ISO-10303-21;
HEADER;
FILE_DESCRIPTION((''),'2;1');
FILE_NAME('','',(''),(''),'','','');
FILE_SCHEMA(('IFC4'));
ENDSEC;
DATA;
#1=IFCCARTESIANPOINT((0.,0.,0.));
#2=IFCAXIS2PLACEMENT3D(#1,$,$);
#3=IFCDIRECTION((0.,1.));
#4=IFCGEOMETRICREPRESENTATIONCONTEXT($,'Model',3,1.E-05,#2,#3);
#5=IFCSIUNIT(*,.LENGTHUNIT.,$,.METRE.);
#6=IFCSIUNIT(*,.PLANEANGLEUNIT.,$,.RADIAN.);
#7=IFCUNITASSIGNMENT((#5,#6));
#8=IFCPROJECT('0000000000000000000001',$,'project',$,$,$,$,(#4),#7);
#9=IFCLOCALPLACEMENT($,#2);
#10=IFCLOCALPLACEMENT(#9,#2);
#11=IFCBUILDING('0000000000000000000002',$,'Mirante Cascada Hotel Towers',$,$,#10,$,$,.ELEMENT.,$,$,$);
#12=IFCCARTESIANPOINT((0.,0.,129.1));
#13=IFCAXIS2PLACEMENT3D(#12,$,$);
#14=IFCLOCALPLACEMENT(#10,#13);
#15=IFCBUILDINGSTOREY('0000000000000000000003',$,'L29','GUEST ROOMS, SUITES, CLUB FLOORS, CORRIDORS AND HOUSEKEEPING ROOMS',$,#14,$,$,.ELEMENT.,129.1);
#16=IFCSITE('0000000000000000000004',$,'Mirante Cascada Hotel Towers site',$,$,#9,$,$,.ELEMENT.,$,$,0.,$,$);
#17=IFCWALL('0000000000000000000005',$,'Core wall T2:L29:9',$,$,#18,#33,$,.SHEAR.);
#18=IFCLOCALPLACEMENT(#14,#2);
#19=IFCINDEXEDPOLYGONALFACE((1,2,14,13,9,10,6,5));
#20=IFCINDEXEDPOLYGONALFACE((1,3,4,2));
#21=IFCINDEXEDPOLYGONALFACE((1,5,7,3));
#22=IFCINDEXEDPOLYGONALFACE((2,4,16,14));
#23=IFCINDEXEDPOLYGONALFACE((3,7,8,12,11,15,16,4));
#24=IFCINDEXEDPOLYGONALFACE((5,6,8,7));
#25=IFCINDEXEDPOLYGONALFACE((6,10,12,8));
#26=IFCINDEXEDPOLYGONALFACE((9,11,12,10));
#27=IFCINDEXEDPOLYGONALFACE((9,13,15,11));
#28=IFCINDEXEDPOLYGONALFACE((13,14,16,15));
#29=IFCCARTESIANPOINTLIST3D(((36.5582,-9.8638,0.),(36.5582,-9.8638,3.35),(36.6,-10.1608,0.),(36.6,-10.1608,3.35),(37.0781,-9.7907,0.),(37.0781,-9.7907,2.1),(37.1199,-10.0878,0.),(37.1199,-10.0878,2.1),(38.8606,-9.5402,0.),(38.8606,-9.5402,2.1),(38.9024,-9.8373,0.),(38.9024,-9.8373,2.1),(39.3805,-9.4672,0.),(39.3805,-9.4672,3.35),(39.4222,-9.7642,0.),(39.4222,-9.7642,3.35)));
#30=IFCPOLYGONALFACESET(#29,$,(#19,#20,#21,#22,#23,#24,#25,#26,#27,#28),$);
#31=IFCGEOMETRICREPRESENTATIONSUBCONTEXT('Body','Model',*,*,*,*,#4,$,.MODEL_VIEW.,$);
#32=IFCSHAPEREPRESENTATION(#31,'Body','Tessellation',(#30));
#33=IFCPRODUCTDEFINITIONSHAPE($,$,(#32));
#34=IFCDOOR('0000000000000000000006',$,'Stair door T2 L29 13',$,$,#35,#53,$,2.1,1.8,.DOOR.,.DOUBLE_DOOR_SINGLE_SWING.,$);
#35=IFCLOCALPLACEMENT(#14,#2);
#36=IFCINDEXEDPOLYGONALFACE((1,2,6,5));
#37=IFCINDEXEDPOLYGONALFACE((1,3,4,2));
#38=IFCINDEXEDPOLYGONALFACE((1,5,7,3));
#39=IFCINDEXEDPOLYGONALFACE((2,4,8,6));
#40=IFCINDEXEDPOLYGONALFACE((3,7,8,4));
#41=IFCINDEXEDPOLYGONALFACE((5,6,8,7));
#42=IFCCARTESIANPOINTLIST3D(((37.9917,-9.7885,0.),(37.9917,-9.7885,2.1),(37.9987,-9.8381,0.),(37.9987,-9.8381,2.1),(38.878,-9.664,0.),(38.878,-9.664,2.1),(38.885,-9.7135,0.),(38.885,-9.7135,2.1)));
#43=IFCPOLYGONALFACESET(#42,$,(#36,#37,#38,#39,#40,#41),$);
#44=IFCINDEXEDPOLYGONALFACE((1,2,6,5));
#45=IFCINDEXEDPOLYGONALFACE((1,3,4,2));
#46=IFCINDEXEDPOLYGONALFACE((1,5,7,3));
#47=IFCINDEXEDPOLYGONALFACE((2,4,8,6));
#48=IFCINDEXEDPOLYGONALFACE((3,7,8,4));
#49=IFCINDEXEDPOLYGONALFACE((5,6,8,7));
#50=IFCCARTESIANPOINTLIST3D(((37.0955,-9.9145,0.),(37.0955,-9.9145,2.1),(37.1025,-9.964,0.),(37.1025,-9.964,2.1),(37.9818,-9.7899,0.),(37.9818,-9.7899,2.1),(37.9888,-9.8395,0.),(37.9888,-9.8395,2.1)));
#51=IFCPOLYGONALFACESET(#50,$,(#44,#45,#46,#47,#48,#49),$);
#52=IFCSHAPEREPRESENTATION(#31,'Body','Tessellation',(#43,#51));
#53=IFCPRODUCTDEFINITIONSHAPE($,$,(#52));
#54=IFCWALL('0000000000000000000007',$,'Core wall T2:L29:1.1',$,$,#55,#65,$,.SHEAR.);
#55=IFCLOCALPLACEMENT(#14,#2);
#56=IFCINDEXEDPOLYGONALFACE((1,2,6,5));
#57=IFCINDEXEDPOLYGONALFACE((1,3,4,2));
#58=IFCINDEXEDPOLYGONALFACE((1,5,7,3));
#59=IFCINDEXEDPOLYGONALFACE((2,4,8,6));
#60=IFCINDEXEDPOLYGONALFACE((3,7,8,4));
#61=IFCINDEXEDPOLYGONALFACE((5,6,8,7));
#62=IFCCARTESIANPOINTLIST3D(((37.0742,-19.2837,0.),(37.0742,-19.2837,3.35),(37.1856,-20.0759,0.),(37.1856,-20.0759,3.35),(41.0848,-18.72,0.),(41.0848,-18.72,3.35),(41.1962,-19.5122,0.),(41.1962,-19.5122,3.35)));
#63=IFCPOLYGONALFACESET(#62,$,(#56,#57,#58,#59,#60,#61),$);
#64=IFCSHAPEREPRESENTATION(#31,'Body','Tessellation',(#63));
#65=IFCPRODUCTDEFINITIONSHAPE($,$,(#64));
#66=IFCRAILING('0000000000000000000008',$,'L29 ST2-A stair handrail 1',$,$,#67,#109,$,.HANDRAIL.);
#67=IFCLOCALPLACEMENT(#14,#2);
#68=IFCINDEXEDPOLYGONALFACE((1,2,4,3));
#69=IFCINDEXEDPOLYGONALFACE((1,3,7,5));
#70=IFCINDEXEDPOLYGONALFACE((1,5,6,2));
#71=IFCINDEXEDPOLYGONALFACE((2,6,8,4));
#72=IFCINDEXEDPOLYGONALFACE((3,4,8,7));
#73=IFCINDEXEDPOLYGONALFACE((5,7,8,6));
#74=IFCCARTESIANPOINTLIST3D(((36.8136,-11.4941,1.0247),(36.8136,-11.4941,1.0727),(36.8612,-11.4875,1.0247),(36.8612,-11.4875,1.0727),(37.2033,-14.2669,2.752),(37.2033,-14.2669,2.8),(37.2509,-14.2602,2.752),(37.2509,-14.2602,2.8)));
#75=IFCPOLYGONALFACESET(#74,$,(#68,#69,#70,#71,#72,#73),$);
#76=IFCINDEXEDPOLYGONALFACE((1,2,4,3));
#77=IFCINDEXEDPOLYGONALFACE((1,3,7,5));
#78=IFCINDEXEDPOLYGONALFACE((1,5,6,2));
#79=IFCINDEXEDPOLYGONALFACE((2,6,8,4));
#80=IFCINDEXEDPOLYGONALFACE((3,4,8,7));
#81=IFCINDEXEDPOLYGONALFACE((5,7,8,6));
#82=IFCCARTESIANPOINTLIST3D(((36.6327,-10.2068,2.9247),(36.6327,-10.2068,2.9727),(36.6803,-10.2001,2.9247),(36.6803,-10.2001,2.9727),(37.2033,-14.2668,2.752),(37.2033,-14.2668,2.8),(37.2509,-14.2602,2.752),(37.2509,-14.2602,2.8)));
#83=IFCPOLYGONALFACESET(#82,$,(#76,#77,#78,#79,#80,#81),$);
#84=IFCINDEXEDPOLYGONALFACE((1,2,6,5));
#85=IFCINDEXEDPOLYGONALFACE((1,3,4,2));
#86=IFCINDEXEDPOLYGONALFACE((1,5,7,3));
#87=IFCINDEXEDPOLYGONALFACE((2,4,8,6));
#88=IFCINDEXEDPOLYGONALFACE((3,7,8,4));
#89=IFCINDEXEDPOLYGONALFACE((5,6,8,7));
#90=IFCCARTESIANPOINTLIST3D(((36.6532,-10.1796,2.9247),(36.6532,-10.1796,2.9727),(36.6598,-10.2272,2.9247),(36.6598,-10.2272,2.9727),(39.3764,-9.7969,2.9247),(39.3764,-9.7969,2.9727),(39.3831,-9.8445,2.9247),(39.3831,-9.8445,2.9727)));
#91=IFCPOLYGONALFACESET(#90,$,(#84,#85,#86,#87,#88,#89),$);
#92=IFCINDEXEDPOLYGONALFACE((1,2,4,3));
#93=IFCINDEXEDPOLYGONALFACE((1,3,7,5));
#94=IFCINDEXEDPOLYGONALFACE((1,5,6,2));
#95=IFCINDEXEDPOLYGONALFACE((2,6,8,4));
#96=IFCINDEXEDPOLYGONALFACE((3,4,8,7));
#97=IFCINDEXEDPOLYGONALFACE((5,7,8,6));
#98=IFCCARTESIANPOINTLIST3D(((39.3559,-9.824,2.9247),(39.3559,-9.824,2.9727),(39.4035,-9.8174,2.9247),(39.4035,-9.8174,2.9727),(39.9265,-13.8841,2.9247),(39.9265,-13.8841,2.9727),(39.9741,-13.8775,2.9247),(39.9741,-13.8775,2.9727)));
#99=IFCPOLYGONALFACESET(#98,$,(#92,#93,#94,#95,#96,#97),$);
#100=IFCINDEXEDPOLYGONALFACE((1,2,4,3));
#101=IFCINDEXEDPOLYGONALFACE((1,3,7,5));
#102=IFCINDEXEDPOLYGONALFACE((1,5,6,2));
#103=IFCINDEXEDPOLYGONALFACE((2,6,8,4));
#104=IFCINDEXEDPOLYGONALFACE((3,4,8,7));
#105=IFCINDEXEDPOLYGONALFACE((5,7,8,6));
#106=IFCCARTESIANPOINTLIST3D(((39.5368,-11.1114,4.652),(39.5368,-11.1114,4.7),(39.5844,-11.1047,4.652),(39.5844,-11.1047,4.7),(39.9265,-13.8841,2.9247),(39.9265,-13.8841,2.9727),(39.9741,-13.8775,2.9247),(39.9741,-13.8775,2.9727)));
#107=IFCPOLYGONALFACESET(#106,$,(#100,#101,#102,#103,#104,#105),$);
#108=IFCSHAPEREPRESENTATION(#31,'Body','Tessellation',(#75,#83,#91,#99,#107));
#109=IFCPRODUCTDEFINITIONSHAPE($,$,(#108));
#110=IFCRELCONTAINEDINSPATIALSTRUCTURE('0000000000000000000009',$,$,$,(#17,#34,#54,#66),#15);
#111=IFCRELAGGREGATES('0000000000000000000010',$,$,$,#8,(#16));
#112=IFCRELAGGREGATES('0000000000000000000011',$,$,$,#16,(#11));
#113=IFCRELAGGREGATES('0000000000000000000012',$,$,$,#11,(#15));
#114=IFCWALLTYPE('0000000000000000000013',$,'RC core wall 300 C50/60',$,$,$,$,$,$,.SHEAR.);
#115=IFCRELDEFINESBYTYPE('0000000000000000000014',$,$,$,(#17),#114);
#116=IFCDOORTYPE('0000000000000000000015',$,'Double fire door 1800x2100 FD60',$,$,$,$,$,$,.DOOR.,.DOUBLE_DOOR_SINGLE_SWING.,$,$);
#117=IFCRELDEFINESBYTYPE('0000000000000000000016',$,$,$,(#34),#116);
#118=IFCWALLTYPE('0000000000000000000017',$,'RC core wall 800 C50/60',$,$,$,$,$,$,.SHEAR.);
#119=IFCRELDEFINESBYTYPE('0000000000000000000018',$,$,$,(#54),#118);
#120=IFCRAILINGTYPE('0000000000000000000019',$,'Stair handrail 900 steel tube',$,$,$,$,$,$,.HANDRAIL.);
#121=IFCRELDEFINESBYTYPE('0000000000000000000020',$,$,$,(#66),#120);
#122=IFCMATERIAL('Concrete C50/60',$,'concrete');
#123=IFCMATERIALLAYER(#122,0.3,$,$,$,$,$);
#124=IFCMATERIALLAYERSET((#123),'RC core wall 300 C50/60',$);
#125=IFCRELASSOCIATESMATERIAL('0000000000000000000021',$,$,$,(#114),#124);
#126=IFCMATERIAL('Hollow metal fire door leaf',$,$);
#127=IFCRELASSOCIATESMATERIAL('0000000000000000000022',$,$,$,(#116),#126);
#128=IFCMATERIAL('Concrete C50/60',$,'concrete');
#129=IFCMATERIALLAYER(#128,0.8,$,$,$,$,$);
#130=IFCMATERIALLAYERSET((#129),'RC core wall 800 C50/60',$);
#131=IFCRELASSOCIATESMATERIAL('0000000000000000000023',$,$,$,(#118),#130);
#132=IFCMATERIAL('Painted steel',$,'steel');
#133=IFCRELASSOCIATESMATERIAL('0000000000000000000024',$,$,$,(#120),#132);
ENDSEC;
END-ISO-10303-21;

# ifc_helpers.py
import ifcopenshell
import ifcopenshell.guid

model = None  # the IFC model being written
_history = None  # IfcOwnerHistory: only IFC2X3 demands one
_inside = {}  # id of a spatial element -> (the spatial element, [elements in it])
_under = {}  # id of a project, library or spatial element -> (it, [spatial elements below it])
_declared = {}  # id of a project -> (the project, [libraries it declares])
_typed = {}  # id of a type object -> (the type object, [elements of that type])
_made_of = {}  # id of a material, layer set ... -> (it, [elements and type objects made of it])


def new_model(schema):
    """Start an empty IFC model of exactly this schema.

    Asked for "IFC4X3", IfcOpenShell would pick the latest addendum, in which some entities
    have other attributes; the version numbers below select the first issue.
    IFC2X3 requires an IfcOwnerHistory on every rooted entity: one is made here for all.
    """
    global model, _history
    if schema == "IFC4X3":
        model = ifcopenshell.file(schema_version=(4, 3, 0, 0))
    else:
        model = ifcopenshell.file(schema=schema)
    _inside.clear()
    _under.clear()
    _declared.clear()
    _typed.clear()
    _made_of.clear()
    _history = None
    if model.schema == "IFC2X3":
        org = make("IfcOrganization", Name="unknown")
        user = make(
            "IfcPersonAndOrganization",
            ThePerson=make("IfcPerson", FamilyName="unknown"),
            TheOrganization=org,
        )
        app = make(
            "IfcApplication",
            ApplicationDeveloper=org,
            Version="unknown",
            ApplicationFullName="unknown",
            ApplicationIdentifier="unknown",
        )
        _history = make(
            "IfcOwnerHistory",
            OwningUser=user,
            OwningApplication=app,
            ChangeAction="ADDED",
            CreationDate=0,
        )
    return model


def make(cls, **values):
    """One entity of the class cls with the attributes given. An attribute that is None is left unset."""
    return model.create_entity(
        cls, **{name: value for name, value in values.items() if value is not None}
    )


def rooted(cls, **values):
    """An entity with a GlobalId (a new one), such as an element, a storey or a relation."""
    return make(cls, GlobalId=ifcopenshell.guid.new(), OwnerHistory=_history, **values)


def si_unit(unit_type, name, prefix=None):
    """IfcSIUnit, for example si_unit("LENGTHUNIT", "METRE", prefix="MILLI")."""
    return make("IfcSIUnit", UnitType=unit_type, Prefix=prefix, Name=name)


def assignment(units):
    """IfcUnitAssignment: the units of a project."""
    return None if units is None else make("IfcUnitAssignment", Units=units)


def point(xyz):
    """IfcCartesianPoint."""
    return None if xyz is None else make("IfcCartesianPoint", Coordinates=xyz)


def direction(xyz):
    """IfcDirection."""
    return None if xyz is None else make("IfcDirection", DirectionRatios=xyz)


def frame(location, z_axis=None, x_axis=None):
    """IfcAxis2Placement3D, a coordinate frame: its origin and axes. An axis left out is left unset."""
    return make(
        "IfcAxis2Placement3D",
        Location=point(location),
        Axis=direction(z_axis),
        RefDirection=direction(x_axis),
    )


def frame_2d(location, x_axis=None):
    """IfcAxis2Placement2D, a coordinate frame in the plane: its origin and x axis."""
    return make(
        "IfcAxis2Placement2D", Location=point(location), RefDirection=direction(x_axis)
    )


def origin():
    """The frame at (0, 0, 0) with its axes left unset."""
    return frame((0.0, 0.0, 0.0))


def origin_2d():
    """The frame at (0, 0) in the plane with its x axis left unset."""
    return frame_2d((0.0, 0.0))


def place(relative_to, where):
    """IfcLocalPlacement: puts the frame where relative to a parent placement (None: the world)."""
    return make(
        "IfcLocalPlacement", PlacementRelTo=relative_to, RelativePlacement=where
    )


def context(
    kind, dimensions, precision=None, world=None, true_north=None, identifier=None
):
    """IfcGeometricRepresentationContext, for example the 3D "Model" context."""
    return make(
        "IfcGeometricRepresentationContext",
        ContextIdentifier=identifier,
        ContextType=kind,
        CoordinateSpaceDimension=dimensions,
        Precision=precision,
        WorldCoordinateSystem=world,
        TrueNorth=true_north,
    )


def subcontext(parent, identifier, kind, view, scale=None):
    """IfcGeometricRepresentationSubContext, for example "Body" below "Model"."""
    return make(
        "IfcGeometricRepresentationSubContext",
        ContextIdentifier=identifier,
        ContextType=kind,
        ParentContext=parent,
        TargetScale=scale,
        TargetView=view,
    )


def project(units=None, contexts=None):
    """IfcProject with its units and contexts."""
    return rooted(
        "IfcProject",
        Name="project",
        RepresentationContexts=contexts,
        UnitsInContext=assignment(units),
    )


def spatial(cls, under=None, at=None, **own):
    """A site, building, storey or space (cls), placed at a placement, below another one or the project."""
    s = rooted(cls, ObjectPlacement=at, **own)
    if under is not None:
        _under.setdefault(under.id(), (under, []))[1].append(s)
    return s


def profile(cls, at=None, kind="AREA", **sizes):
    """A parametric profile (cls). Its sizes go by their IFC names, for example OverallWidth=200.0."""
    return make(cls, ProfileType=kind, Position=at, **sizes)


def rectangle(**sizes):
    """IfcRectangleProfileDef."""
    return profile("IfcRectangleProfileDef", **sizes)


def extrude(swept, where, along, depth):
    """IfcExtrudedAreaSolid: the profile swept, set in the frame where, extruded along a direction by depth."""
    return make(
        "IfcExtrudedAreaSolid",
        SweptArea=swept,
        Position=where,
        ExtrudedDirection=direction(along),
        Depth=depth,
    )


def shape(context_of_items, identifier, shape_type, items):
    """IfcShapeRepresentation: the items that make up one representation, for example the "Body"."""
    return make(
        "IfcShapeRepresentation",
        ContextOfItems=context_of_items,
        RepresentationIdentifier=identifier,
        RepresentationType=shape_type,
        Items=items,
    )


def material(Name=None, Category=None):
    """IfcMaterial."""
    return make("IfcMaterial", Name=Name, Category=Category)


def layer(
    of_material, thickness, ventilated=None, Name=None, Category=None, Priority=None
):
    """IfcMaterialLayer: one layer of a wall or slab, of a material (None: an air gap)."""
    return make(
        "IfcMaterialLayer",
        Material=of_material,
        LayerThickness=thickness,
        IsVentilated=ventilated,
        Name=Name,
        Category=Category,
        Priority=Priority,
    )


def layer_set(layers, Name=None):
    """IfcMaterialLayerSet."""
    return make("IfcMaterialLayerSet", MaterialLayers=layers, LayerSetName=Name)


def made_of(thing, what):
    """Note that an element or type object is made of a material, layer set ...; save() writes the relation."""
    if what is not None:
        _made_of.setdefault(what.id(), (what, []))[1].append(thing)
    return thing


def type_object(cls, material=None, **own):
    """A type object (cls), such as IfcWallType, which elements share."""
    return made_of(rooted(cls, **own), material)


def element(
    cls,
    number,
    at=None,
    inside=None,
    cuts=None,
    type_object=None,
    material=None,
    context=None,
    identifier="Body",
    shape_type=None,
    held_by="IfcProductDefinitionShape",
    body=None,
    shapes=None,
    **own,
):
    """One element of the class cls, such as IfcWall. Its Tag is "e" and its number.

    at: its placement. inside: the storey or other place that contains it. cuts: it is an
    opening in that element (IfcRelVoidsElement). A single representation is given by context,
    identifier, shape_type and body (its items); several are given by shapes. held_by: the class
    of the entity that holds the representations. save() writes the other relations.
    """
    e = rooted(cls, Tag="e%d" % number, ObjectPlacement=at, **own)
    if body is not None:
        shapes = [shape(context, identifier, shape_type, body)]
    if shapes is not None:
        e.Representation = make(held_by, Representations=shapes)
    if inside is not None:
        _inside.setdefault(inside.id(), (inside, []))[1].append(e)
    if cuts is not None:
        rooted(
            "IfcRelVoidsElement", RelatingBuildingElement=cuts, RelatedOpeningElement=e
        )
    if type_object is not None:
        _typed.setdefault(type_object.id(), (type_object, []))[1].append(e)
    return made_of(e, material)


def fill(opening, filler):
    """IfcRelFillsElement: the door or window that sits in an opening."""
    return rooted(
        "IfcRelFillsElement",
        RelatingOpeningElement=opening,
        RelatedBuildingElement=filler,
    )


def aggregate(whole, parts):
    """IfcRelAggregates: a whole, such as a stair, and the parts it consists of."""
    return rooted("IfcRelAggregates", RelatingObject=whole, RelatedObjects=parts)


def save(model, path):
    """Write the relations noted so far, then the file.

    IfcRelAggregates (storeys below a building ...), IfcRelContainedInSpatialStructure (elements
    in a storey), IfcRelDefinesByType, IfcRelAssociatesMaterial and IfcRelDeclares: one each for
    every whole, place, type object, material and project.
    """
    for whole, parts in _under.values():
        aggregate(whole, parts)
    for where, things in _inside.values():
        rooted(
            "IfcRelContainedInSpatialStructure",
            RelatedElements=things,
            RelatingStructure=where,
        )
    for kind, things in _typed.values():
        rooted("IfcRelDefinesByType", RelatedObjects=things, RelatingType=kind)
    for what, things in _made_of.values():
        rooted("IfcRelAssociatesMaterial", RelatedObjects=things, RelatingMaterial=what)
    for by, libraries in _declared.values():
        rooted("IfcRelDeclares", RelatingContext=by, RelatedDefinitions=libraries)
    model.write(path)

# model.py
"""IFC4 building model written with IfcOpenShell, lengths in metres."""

from ifc_helpers import new_model, si_unit, direction, frame, frame_2d, origin, origin_2d, place, context, subcontext, project, spatial, rectangle, extrude, material, layer, layer_set, type_object, element, fill, save


model = new_model("IFC4")

# Units and contexts
model_context = context("Model", 3, precision=1e-05, world=origin(), true_north=direction((0.0, 1.0)))
body_context = subcontext(model_context, "Body", "Model", "MODEL_VIEW")
ifc_project = project(units=[si_unit("LENGTHUNIT", "METRE"), si_unit("PLANEANGLEUNIT", "RADIAN")], contexts=[model_context])

# Site, building, storey
site_placement = place(None, origin())
site = spatial("IfcSite", under=ifc_project, at=site_placement, Name="Mirante Cascada Hotel Towers site", CompositionType="ELEMENT", RefElevation=0.0)
building_placement = place(site_placement, origin())
building = spatial("IfcBuilding", under=site, at=building_placement, Name="Mirante Cascada Hotel Towers", CompositionType="ELEMENT")
storey_placement = place(building_placement, frame((0.0, 0.0, 129.1)))
storey = spatial("IfcBuildingStorey", under=building, at=storey_placement, Name="L29", Description="GUEST ROOMS, SUITES, CLUB FLOORS, CORRIDORS AND HOUSEKEEPING ROOMS", CompositionType="ELEMENT", Elevation=129.1)

# Wall, opening, door
ifc_material_1 = material(Name="Concrete C50/60", Category="concrete")
ifc_layer_1 = layer(ifc_material_1, 0.3)
ifc_layer_set_1 = layer_set([ifc_layer_1], Name="RC core wall 300 C50/60")
wall_type_1 = type_object("IfcWallType", Name="RC core wall 300 C50/60", PredefinedType="SHEAR", material=ifc_layer_set_1)
wall_1_placement = place(storey_placement, frame((36.5791, -10.0123, 0.0), z_axis=(0.0, 0.0, 1.0), x_axis=(0.99027, 0.139156, 0.0)))
wall_1 = element("IfcWall", 1, at=wall_1_placement, inside=storey, type_object=wall_type_1, Name="Core wall T2:L29:9", PredefinedType="SHEAR", context=body_context, shape_type="SweptSolid", body=[
    extrude(rectangle(XDim=2.85, YDim=0.3, at=frame_2d((1.425, 0.0))), origin(), (0.0, 0.0, 1.0), 3.35),
])
opening_1_placement = place(wall_1_placement, frame((0.525, 0.0, 0.0)))
opening_1 = element("IfcOpeningElement", 2, at=opening_1_placement, cuts=wall_1, PredefinedType="OPENING", context=body_context, shape_type="SweptSolid", body=[
    extrude(rectangle(XDim=1.8, YDim=2.1, at=frame_2d((0.9, 1.05))), frame((0.0, 0.15, 0.0), z_axis=(0.0, -1.0, 0.0), x_axis=(1.0, 0.0, 0.0)), (0.0, 0.0, 1.0), 0.3),
])
ifc_material_2 = material(Name="Hollow metal fire door leaf")
door_type_1 = type_object("IfcDoorType", Name="Double fire door 1800x2100 FD60", OperationType="DOUBLE_DOOR_SINGLE_SWING", PredefinedType="DOOR", material=ifc_material_2)
door_1_placement = place(opening_1_placement, frame((1.8, 0.0, 0.0), z_axis=(0.0, 0.0, 1.0), x_axis=(-1.0, 0.0, 0.0)))
door_1 = element("IfcDoor", 3, at=door_1_placement, inside=storey, type_object=door_type_1, Name="Stair door T2 L29 13", OperationType="DOUBLE_DOOR_SINGLE_SWING", OverallHeight=2.1, OverallWidth=1.8, PredefinedType="DOOR", context=body_context, shape_type="SweptSolid", body=[
    extrude(rectangle(XDim=0.895, YDim=2.1, at=frame_2d((0.4475, 1.05))), frame((0.0, 0.025, 0.0), z_axis=(0.0, -1.0, 0.0), x_axis=(1.0, 0.0, 0.0)), (0.0, 0.0, 1.0), 0.05),
    extrude(rectangle(XDim=0.895, YDim=2.1, at=frame_2d((1.3525, 1.05))), frame((0.0, 0.025, 0.0), z_axis=(0.0, -1.0, 0.0), x_axis=(1.0, 0.0, 0.0)), (0.0, 0.0, 1.0), 0.05),
])
fill(opening_1, door_1)

# Wall
ifc_material_3 = material(Name="Concrete C50/60", Category="concrete")
ifc_layer_2 = layer(ifc_material_3, 0.8)
ifc_layer_set_2 = layer_set([ifc_layer_2], Name="RC core wall 800 C50/60")
wall_type_2 = type_object("IfcWallType", Name="RC core wall 800 C50/60", PredefinedType="SHEAR", material=ifc_layer_set_2)
wall_2_placement = place(storey_placement, frame((37.1299, -19.6798, 0.0), z_axis=(0.0, 0.0, 1.0), x_axis=(0.990267, 0.139184, 0.0)))
element("IfcWall", 4, at=wall_2_placement, inside=storey, type_object=wall_type_2, Name="Core wall T2:L29:1.1", PredefinedType="SHEAR", context=body_context, shape_type="SweptSolid", body=[
    extrude(rectangle(XDim=4.05, YDim=0.8, at=frame_2d((2.025, 0.0))), origin(), (0.0, 0.0, 1.0), 3.35),
])

# Railing
ifc_material_4 = material(Name="Painted steel", Category="steel")
railing_type = type_object("IfcRailingType", Name="Stair handrail 900 steel tube", PredefinedType="HANDRAIL", material=ifc_material_4)
railing_placement = place(storey_placement, frame((36.8374, -11.4908, 0.1727)))
element("IfcRailing", 5, at=railing_placement, inside=storey, type_object=railing_type, Name="L29 ST2-A stair handrail 1", PredefinedType="HANDRAIL", context=body_context, shape_type="SweptSolid", body=[
    extrude(rectangle(XDim=0.048, YDim=0.048, at=origin_2d()), frame((0.0, 0.0, 0.876), z_axis=(0.139181, -0.990267, 0.0), x_axis=(0.990267, 0.139181, 0.0)), (0.0, 0.525035, 0.851081), 3.2899),
    extrude(rectangle(XDim=0.048, YDim=0.048, at=origin_2d()), frame((0.3897, -2.7727, 2.6033), z_axis=(-0.139171, 0.990268, 0.0), x_axis=(-0.990268, -0.139171, 0.0)), (0.0, 0.042085, 0.999114), 4.1036),
    extrude(rectangle(XDim=0.048, YDim=0.048, at=origin_2d()), frame((-0.1809, 1.2874, 2.776), z_axis=(0.990269, 0.139166, 0.0), x_axis=(-0.139166, 0.990269, 0.0)), (0.0, 0.0, 1.0), 2.75),
    extrude(rectangle(XDim=0.048, YDim=0.048, at=origin_2d()), frame((2.5423, 1.6701, 2.776), z_axis=(0.139171, -0.990268, 0.0), x_axis=(0.990268, 0.139171, 0.0)), (0.0, 0.0, 1.0), 4.1),
    extrude(rectangle(XDim=0.048, YDim=0.048, at=origin_2d()), frame((3.1129, -2.39, 2.776), z_axis=(-0.139181, 0.990267, 0.0), x_axis=(-0.990267, -0.139181, 0.0)), (0.0, 0.525035, 0.851081), 3.2899),
])

save(model, "model.ifc")
